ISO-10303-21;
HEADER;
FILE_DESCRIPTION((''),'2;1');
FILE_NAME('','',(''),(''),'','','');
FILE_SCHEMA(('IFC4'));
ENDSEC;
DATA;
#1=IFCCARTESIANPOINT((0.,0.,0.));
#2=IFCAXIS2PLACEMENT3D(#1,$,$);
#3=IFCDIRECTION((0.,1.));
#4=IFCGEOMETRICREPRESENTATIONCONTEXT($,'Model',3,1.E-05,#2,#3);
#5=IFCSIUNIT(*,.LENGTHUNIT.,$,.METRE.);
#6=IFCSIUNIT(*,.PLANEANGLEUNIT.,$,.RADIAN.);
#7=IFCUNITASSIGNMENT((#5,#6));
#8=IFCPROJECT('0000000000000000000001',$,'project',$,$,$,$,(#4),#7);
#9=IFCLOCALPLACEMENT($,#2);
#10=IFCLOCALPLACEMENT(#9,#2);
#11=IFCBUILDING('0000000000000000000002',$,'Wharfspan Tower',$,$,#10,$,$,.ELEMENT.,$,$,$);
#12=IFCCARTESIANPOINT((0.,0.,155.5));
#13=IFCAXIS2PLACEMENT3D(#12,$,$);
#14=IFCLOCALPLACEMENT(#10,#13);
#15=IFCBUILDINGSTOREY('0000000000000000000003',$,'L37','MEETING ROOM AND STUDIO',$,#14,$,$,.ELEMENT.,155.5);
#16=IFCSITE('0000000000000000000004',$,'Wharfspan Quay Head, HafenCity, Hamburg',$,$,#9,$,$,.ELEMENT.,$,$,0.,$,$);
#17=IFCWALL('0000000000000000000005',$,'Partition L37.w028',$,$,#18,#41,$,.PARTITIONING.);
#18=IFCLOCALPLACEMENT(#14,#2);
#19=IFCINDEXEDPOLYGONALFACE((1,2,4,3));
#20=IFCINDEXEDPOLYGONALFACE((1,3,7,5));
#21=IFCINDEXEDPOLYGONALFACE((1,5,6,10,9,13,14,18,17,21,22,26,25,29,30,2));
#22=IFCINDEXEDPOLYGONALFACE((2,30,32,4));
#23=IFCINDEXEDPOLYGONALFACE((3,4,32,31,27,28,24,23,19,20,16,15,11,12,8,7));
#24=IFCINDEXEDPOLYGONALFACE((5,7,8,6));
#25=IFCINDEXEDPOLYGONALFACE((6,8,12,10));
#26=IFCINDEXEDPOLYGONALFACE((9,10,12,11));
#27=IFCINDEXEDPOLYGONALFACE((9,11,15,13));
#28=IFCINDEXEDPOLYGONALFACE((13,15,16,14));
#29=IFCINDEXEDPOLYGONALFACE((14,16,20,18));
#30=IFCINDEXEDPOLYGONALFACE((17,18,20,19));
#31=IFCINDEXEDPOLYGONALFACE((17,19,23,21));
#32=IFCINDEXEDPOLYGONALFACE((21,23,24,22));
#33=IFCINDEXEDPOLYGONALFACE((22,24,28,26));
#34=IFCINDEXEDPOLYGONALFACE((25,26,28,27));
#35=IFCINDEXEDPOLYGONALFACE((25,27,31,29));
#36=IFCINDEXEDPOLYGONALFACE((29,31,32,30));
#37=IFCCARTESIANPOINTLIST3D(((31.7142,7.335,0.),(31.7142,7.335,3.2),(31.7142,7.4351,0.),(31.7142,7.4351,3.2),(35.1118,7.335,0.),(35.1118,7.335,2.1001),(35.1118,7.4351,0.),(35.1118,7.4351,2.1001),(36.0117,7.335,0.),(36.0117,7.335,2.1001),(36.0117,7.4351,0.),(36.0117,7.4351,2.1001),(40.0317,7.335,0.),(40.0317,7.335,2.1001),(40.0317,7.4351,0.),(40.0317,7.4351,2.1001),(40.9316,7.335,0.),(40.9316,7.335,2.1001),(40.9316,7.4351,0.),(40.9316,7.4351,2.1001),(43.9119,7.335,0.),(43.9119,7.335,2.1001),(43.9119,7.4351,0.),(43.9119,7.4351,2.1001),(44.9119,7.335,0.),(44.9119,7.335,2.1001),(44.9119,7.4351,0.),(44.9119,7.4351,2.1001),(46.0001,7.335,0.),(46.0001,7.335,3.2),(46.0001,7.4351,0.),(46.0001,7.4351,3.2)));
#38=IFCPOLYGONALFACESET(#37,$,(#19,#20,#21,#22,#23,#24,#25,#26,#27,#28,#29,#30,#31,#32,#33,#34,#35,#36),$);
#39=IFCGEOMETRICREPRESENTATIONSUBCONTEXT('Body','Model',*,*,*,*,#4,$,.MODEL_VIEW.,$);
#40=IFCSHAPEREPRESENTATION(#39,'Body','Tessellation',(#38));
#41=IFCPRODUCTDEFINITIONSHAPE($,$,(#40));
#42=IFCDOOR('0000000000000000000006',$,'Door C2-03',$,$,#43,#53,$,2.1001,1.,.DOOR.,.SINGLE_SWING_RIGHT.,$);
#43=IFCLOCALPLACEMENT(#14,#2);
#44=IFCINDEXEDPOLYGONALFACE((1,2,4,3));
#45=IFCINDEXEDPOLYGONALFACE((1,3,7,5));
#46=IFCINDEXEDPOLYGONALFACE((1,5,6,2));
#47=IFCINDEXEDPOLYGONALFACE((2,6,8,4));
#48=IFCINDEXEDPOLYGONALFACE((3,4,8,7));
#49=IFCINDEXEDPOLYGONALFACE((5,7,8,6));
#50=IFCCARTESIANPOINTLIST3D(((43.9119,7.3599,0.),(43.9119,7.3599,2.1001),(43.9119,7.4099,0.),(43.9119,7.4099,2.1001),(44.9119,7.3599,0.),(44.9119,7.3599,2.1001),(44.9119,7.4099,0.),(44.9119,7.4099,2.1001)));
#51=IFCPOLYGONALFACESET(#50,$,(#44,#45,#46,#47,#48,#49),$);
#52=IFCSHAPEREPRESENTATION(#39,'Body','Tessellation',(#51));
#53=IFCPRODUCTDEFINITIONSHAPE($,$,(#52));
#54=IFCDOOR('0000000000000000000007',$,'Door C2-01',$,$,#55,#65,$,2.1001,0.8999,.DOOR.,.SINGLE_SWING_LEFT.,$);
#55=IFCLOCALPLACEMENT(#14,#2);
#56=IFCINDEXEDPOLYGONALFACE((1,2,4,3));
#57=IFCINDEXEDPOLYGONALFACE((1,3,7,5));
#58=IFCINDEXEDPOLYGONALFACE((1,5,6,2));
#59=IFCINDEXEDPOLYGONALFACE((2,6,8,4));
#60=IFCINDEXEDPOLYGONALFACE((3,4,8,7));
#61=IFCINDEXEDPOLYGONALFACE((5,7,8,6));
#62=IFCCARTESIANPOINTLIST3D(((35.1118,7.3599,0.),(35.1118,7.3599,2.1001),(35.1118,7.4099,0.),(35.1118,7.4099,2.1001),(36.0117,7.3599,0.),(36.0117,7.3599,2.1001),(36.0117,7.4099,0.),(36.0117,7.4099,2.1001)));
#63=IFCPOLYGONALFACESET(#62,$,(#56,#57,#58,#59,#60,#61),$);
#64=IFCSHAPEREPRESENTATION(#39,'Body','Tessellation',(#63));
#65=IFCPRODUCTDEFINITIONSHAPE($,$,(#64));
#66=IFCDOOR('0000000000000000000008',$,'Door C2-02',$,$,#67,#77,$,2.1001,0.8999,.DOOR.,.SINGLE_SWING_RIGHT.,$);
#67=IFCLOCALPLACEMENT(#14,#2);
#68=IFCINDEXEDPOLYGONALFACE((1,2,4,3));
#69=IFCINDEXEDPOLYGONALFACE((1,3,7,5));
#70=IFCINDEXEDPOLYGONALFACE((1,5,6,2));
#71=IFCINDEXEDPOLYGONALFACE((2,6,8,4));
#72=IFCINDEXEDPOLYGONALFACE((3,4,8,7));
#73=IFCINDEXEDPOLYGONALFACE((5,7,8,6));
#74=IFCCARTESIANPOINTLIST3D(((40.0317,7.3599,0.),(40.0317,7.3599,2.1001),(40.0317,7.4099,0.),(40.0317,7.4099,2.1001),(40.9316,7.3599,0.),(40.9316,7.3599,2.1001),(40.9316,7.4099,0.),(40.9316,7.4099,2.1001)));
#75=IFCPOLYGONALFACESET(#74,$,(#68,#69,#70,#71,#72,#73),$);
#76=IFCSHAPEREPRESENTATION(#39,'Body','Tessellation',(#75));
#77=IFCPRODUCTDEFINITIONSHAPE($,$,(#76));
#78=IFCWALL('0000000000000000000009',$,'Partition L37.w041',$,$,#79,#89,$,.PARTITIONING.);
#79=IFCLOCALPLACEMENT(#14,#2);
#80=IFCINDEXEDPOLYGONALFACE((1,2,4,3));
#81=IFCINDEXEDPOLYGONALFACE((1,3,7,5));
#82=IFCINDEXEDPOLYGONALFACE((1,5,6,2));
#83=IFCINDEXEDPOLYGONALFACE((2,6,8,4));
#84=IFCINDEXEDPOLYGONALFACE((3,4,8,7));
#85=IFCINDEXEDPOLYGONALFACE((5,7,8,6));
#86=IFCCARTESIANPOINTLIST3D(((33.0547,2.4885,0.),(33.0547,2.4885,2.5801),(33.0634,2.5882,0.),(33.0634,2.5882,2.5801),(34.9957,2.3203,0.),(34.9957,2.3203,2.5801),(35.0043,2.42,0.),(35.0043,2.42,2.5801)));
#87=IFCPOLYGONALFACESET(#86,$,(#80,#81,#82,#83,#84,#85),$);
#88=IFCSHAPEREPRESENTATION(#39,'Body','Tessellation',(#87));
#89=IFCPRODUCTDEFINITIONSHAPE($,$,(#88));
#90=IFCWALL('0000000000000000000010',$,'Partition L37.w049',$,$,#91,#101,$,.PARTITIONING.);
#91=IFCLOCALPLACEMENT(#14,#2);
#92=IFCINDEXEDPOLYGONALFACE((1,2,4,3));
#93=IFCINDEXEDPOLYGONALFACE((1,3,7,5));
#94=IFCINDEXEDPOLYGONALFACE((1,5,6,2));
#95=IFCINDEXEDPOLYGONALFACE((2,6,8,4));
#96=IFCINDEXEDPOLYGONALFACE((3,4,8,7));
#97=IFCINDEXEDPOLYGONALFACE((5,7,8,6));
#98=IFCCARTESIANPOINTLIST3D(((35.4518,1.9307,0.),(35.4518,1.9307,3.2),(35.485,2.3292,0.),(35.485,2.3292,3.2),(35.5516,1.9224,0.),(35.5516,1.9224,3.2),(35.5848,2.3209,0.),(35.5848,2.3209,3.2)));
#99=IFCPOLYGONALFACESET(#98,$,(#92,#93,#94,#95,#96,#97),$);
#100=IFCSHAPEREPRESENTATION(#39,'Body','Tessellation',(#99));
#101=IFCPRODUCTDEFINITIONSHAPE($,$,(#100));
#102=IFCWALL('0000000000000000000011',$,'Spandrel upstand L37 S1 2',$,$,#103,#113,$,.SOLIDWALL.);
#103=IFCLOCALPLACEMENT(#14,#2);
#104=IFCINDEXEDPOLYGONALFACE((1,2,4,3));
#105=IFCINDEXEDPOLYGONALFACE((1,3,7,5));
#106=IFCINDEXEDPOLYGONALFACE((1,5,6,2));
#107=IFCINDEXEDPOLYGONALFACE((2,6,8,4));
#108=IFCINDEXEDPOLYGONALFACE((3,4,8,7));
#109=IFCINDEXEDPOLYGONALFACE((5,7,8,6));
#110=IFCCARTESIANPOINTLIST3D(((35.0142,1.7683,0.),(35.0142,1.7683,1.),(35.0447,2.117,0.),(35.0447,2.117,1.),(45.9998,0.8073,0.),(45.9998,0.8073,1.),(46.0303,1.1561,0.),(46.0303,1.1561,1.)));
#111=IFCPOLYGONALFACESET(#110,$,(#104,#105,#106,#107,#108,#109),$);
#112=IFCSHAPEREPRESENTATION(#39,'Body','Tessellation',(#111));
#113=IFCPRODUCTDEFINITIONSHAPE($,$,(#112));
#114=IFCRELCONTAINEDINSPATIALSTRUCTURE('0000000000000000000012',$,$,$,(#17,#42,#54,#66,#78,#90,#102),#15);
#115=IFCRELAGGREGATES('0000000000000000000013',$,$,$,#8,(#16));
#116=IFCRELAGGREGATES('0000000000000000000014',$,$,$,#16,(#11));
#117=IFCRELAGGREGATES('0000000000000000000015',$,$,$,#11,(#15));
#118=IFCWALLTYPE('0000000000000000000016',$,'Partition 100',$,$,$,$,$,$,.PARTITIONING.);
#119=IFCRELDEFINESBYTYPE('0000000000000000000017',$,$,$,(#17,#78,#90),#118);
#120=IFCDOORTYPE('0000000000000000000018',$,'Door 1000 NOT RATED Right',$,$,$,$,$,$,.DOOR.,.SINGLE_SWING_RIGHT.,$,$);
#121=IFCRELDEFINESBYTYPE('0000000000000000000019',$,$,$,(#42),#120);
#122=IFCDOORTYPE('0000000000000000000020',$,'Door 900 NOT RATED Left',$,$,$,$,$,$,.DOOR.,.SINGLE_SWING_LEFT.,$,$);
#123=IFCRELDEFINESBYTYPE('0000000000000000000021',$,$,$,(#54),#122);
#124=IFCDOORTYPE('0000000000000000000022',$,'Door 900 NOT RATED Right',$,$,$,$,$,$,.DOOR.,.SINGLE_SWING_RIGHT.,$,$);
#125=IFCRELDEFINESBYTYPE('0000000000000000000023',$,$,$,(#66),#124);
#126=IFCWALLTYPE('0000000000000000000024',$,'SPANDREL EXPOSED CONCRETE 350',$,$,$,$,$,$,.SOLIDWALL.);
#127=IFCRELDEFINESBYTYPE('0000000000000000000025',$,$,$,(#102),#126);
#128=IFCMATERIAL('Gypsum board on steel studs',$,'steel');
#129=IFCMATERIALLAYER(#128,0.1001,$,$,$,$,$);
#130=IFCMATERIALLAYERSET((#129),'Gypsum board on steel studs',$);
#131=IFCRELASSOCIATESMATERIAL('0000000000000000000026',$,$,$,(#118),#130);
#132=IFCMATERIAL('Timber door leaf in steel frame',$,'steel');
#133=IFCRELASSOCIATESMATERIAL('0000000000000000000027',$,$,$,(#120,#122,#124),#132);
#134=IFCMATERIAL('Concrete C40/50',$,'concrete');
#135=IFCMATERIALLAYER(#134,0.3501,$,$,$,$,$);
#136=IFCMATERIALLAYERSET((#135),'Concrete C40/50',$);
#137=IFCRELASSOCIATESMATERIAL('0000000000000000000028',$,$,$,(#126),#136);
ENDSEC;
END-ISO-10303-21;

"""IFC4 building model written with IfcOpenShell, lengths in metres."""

from ifc_helpers import new_model, si_unit, direction, frame, frame_2d, origin, place, context, subcontext, project, spatial, rectangle, extrude, material, layer, layer_set, type_object, element, fill, save


model = new_model("IFC4")

# Units and contexts
model_context = context("Model", 3, precision=1e-05, world=origin(), true_north=direction((0.0, 1.0)))
body_context = subcontext(model_context, "Body", "Model", "MODEL_VIEW")
ifc_project = project(units=[si_unit("LENGTHUNIT", "METRE"), si_unit("PLANEANGLEUNIT", "RADIAN")], contexts=[model_context])

# Site, building, storey
site_placement = place(None, origin())
site = spatial("IfcSite", under=ifc_project, at=site_placement, Name="Wharfspan Quay Head, HafenCity, Hamburg", CompositionType="ELEMENT", RefElevation=0.0)
building_placement = place(site_placement, origin())
building = spatial("IfcBuilding", under=site, at=building_placement, Name="Wharfspan Tower", CompositionType="ELEMENT")
storey_placement = place(building_placement, frame((0.0, 0.0, 155.5)))
storey = spatial("IfcBuildingStorey", under=building, at=storey_placement, Name="L37", Description="MEETING ROOM AND STUDIO", CompositionType="ELEMENT", Elevation=155.5)

# Shared definitions
ifc_material_1 = material(Name="Gypsum board on steel studs", Category="steel")

# Wall, openings, doors
ifc_layer_1 = layer(ifc_material_1, 0.1001)
ifc_layer_set_1 = layer_set([ifc_layer_1], Name="Gypsum board on steel studs")
wall_type_1 = type_object("IfcWallType", Name="Partition 100", PredefinedType="PARTITIONING", material=ifc_layer_set_1)
wall_1_placement = place(storey_placement, frame((31.7141, 7.385, 0.0), z_axis=(0.0, 0.0, 1.0), x_axis=(1.0, 0.0, 0.0)))
wall_1 = element("IfcWall", 1, at=wall_1_placement, inside=storey, type_object=wall_type_1, Name="Partition L37.w028", PredefinedType="PARTITIONING", context=body_context, shape_type="SweptSolid", body=[
    extrude(rectangle(XDim=14.2859, YDim=0.1001, at=frame_2d((7.1431, 0.0))), origin(), (0.0, 0.0, 1.0), 3.2),
])
opening_1_placement = place(wall_1_placement, frame((3.3977, 0.0, 0.0)))
opening_1 = element("IfcOpeningElement", 2, at=opening_1_placement, cuts=wall_1, PredefinedType="OPENING", context=body_context, shape_type="SweptSolid", body=[
    extrude(rectangle(XDim=0.8999, YDim=2.1001, at=frame_2d((0.45, 1.05))), frame((0.0, 0.0601, 0.0), z_axis=(0.0, -1.0, 0.0), x_axis=(1.0, 0.0, 0.0)), (0.0, 0.0, 1.0), 0.1201),
])
opening_2_placement = place(wall_1_placement, frame((8.3176, 0.0, 0.0)))
opening_2 = element("IfcOpeningElement", 3, at=opening_2_placement, cuts=wall_1, PredefinedType="OPENING", context=body_context, shape_type="SweptSolid", body=[
    extrude(rectangle(XDim=0.8999, YDim=2.1001, at=frame_2d((0.45, 1.05))), frame((0.0, 0.0601, 0.0), z_axis=(0.0, -1.0, 0.0), x_axis=(1.0, 0.0, 0.0)), (0.0, 0.0, 1.0), 0.1201),
])
opening_3_placement = place(wall_1_placement, frame((12.1978, 0.0, 0.0)))
opening_3 = element("IfcOpeningElement", 4, at=opening_3_placement, cuts=wall_1, PredefinedType="OPENING", context=body_context, shape_type="SweptSolid", body=[
    extrude(rectangle(XDim=1.0, YDim=2.1001, at=frame_2d((0.5, 1.05))), frame((0.0, 0.0601, 0.0), z_axis=(0.0, -1.0, 0.0), x_axis=(1.0, 0.0, 0.0)), (0.0, 0.0, 1.0), 0.1201),
])
ifc_material_2 = material(Name="Timber door leaf in steel frame", Category="steel")
door_type_1 = type_object("IfcDoorType", Name="Door 1000 NOT RATED Right", OperationType="SINGLE_SWING_RIGHT", PredefinedType="DOOR", material=ifc_material_2)
door_1_placement = place(opening_3_placement, origin())
door_1 = element("IfcDoor", 5, at=door_1_placement, inside=storey, type_object=door_type_1, Name="Door C2-03", OperationType="SINGLE_SWING_RIGHT", OverallHeight=2.1001, OverallWidth=1.0, PredefinedType="DOOR", context=body_context, shape_type="SweptSolid", body=[
    extrude(rectangle(XDim=1.0, YDim=2.1001, at=frame_2d((0.5, 1.05))), frame((0.0, 0.0249, 0.0), z_axis=(0.0, -1.0, 0.0), x_axis=(1.0, 0.0, 0.0)), (0.0, 0.0, 1.0), 0.05),
])
fill(opening_3, door_1)
door_type_2 = type_object("IfcDoorType", Name="Door 900 NOT RATED Left", OperationType="SINGLE_SWING_LEFT", PredefinedType="DOOR", material=ifc_material_2)
door_2_placement = place(opening_1_placement, origin())
door_2 = element("IfcDoor", 6, at=door_2_placement, inside=storey, type_object=door_type_2, Name="Door C2-01", OperationType="SINGLE_SWING_LEFT", OverallHeight=2.1001, OverallWidth=0.8999, PredefinedType="DOOR", context=body_context, shape_type="SweptSolid", body=[
    extrude(rectangle(XDim=0.8999, YDim=2.1001, at=frame_2d((0.45, 1.05))), frame((0.0, 0.0249, 0.0), z_axis=(0.0, -1.0, 0.0), x_axis=(1.0, 0.0, 0.0)), (0.0, 0.0, 1.0), 0.05),
])
fill(opening_1, door_2)
door_type_3 = type_object("IfcDoorType", Name="Door 900 NOT RATED Right", OperationType="SINGLE_SWING_RIGHT", PredefinedType="DOOR", material=ifc_material_2)
door_3_placement = place(opening_2_placement, origin())
door_3 = element("IfcDoor", 7, at=door_3_placement, inside=storey, type_object=door_type_3, Name="Door C2-02", OperationType="SINGLE_SWING_RIGHT", OverallHeight=2.1001, OverallWidth=0.8999, PredefinedType="DOOR", context=body_context, shape_type="SweptSolid", body=[
    extrude(rectangle(XDim=0.8999, YDim=2.1001, at=frame_2d((0.45, 1.05))), frame((0.0, 0.0249, 0.0), z_axis=(0.0, -1.0, 0.0), x_axis=(1.0, 0.0, 0.0)), (0.0, 0.0, 1.0), 0.05),
])
fill(opening_2, door_3)

# Walls
wall_2_placement = place(storey_placement, frame((35.0, 2.3701, 0.0), z_axis=(0.0, 0.0, 1.0), x_axis=(-0.996265, 0.086343, 0.0)))
element("IfcWall", 8, at=wall_2_placement, inside=storey, type_object=wall_type_1, Name="Partition L37.w041", PredefinedType="PARTITIONING", context=body_context, shape_type="SweptSolid", body=[
    extrude(rectangle(XDim=1.9482, YDim=0.1001, at=frame_2d((0.9741, 0.0))), origin(), (0.0, 0.0, 1.0), 2.5801),
])
wall_3_placement = place(storey_placement, frame((35.5017, 1.9265, 0.0), z_axis=(0.0, 0.0, 1.0), x_axis=(0.083045, 0.996542, 0.0)))
element("IfcWall", 9, at=wall_3_placement, inside=storey, type_object=wall_type_1, Name="Partition L37.w049", PredefinedType="PARTITIONING", context=body_context, shape_type="SweptSolid", body=[
    extrude(rectangle(XDim=0.3999, YDim=0.1001, at=frame_2d((0.2, 0.0))), origin(), (0.0, 0.0, 1.0), 3.2),
])
ifc_material_3 = material(Name="Concrete C40/50", Category="concrete")
ifc_layer_2 = layer(ifc_material_3, 0.3501)
ifc_layer_set_2 = layer_set([ifc_layer_2], Name="Concrete C40/50")
wall_type_2 = type_object("IfcWallType", Name="SPANDREL EXPOSED CONCRETE 350", PredefinedType="SOLIDWALL", material=ifc_layer_set_2)
wall_4_placement = place(storey_placement, frame((35.0295, 1.9426, 0.0), z_axis=(0.0, 0.0, 1.0), x_axis=(0.996199, -0.08714, 0.0)))
element("IfcWall", 10, at=wall_4_placement, inside=storey, type_object=wall_type_2, Name="Spandrel upstand L37 S1 2", PredefinedType="SOLIDWALL", context=body_context, shape_type="SweptSolid", body=[
    extrude(rectangle(XDim=11.0276, YDim=0.3501, at=frame_2d((5.5137, 0.0))), origin(), (0.0, 0.0, 1.0), 1.0),
])

save(model, "model.ifc")
